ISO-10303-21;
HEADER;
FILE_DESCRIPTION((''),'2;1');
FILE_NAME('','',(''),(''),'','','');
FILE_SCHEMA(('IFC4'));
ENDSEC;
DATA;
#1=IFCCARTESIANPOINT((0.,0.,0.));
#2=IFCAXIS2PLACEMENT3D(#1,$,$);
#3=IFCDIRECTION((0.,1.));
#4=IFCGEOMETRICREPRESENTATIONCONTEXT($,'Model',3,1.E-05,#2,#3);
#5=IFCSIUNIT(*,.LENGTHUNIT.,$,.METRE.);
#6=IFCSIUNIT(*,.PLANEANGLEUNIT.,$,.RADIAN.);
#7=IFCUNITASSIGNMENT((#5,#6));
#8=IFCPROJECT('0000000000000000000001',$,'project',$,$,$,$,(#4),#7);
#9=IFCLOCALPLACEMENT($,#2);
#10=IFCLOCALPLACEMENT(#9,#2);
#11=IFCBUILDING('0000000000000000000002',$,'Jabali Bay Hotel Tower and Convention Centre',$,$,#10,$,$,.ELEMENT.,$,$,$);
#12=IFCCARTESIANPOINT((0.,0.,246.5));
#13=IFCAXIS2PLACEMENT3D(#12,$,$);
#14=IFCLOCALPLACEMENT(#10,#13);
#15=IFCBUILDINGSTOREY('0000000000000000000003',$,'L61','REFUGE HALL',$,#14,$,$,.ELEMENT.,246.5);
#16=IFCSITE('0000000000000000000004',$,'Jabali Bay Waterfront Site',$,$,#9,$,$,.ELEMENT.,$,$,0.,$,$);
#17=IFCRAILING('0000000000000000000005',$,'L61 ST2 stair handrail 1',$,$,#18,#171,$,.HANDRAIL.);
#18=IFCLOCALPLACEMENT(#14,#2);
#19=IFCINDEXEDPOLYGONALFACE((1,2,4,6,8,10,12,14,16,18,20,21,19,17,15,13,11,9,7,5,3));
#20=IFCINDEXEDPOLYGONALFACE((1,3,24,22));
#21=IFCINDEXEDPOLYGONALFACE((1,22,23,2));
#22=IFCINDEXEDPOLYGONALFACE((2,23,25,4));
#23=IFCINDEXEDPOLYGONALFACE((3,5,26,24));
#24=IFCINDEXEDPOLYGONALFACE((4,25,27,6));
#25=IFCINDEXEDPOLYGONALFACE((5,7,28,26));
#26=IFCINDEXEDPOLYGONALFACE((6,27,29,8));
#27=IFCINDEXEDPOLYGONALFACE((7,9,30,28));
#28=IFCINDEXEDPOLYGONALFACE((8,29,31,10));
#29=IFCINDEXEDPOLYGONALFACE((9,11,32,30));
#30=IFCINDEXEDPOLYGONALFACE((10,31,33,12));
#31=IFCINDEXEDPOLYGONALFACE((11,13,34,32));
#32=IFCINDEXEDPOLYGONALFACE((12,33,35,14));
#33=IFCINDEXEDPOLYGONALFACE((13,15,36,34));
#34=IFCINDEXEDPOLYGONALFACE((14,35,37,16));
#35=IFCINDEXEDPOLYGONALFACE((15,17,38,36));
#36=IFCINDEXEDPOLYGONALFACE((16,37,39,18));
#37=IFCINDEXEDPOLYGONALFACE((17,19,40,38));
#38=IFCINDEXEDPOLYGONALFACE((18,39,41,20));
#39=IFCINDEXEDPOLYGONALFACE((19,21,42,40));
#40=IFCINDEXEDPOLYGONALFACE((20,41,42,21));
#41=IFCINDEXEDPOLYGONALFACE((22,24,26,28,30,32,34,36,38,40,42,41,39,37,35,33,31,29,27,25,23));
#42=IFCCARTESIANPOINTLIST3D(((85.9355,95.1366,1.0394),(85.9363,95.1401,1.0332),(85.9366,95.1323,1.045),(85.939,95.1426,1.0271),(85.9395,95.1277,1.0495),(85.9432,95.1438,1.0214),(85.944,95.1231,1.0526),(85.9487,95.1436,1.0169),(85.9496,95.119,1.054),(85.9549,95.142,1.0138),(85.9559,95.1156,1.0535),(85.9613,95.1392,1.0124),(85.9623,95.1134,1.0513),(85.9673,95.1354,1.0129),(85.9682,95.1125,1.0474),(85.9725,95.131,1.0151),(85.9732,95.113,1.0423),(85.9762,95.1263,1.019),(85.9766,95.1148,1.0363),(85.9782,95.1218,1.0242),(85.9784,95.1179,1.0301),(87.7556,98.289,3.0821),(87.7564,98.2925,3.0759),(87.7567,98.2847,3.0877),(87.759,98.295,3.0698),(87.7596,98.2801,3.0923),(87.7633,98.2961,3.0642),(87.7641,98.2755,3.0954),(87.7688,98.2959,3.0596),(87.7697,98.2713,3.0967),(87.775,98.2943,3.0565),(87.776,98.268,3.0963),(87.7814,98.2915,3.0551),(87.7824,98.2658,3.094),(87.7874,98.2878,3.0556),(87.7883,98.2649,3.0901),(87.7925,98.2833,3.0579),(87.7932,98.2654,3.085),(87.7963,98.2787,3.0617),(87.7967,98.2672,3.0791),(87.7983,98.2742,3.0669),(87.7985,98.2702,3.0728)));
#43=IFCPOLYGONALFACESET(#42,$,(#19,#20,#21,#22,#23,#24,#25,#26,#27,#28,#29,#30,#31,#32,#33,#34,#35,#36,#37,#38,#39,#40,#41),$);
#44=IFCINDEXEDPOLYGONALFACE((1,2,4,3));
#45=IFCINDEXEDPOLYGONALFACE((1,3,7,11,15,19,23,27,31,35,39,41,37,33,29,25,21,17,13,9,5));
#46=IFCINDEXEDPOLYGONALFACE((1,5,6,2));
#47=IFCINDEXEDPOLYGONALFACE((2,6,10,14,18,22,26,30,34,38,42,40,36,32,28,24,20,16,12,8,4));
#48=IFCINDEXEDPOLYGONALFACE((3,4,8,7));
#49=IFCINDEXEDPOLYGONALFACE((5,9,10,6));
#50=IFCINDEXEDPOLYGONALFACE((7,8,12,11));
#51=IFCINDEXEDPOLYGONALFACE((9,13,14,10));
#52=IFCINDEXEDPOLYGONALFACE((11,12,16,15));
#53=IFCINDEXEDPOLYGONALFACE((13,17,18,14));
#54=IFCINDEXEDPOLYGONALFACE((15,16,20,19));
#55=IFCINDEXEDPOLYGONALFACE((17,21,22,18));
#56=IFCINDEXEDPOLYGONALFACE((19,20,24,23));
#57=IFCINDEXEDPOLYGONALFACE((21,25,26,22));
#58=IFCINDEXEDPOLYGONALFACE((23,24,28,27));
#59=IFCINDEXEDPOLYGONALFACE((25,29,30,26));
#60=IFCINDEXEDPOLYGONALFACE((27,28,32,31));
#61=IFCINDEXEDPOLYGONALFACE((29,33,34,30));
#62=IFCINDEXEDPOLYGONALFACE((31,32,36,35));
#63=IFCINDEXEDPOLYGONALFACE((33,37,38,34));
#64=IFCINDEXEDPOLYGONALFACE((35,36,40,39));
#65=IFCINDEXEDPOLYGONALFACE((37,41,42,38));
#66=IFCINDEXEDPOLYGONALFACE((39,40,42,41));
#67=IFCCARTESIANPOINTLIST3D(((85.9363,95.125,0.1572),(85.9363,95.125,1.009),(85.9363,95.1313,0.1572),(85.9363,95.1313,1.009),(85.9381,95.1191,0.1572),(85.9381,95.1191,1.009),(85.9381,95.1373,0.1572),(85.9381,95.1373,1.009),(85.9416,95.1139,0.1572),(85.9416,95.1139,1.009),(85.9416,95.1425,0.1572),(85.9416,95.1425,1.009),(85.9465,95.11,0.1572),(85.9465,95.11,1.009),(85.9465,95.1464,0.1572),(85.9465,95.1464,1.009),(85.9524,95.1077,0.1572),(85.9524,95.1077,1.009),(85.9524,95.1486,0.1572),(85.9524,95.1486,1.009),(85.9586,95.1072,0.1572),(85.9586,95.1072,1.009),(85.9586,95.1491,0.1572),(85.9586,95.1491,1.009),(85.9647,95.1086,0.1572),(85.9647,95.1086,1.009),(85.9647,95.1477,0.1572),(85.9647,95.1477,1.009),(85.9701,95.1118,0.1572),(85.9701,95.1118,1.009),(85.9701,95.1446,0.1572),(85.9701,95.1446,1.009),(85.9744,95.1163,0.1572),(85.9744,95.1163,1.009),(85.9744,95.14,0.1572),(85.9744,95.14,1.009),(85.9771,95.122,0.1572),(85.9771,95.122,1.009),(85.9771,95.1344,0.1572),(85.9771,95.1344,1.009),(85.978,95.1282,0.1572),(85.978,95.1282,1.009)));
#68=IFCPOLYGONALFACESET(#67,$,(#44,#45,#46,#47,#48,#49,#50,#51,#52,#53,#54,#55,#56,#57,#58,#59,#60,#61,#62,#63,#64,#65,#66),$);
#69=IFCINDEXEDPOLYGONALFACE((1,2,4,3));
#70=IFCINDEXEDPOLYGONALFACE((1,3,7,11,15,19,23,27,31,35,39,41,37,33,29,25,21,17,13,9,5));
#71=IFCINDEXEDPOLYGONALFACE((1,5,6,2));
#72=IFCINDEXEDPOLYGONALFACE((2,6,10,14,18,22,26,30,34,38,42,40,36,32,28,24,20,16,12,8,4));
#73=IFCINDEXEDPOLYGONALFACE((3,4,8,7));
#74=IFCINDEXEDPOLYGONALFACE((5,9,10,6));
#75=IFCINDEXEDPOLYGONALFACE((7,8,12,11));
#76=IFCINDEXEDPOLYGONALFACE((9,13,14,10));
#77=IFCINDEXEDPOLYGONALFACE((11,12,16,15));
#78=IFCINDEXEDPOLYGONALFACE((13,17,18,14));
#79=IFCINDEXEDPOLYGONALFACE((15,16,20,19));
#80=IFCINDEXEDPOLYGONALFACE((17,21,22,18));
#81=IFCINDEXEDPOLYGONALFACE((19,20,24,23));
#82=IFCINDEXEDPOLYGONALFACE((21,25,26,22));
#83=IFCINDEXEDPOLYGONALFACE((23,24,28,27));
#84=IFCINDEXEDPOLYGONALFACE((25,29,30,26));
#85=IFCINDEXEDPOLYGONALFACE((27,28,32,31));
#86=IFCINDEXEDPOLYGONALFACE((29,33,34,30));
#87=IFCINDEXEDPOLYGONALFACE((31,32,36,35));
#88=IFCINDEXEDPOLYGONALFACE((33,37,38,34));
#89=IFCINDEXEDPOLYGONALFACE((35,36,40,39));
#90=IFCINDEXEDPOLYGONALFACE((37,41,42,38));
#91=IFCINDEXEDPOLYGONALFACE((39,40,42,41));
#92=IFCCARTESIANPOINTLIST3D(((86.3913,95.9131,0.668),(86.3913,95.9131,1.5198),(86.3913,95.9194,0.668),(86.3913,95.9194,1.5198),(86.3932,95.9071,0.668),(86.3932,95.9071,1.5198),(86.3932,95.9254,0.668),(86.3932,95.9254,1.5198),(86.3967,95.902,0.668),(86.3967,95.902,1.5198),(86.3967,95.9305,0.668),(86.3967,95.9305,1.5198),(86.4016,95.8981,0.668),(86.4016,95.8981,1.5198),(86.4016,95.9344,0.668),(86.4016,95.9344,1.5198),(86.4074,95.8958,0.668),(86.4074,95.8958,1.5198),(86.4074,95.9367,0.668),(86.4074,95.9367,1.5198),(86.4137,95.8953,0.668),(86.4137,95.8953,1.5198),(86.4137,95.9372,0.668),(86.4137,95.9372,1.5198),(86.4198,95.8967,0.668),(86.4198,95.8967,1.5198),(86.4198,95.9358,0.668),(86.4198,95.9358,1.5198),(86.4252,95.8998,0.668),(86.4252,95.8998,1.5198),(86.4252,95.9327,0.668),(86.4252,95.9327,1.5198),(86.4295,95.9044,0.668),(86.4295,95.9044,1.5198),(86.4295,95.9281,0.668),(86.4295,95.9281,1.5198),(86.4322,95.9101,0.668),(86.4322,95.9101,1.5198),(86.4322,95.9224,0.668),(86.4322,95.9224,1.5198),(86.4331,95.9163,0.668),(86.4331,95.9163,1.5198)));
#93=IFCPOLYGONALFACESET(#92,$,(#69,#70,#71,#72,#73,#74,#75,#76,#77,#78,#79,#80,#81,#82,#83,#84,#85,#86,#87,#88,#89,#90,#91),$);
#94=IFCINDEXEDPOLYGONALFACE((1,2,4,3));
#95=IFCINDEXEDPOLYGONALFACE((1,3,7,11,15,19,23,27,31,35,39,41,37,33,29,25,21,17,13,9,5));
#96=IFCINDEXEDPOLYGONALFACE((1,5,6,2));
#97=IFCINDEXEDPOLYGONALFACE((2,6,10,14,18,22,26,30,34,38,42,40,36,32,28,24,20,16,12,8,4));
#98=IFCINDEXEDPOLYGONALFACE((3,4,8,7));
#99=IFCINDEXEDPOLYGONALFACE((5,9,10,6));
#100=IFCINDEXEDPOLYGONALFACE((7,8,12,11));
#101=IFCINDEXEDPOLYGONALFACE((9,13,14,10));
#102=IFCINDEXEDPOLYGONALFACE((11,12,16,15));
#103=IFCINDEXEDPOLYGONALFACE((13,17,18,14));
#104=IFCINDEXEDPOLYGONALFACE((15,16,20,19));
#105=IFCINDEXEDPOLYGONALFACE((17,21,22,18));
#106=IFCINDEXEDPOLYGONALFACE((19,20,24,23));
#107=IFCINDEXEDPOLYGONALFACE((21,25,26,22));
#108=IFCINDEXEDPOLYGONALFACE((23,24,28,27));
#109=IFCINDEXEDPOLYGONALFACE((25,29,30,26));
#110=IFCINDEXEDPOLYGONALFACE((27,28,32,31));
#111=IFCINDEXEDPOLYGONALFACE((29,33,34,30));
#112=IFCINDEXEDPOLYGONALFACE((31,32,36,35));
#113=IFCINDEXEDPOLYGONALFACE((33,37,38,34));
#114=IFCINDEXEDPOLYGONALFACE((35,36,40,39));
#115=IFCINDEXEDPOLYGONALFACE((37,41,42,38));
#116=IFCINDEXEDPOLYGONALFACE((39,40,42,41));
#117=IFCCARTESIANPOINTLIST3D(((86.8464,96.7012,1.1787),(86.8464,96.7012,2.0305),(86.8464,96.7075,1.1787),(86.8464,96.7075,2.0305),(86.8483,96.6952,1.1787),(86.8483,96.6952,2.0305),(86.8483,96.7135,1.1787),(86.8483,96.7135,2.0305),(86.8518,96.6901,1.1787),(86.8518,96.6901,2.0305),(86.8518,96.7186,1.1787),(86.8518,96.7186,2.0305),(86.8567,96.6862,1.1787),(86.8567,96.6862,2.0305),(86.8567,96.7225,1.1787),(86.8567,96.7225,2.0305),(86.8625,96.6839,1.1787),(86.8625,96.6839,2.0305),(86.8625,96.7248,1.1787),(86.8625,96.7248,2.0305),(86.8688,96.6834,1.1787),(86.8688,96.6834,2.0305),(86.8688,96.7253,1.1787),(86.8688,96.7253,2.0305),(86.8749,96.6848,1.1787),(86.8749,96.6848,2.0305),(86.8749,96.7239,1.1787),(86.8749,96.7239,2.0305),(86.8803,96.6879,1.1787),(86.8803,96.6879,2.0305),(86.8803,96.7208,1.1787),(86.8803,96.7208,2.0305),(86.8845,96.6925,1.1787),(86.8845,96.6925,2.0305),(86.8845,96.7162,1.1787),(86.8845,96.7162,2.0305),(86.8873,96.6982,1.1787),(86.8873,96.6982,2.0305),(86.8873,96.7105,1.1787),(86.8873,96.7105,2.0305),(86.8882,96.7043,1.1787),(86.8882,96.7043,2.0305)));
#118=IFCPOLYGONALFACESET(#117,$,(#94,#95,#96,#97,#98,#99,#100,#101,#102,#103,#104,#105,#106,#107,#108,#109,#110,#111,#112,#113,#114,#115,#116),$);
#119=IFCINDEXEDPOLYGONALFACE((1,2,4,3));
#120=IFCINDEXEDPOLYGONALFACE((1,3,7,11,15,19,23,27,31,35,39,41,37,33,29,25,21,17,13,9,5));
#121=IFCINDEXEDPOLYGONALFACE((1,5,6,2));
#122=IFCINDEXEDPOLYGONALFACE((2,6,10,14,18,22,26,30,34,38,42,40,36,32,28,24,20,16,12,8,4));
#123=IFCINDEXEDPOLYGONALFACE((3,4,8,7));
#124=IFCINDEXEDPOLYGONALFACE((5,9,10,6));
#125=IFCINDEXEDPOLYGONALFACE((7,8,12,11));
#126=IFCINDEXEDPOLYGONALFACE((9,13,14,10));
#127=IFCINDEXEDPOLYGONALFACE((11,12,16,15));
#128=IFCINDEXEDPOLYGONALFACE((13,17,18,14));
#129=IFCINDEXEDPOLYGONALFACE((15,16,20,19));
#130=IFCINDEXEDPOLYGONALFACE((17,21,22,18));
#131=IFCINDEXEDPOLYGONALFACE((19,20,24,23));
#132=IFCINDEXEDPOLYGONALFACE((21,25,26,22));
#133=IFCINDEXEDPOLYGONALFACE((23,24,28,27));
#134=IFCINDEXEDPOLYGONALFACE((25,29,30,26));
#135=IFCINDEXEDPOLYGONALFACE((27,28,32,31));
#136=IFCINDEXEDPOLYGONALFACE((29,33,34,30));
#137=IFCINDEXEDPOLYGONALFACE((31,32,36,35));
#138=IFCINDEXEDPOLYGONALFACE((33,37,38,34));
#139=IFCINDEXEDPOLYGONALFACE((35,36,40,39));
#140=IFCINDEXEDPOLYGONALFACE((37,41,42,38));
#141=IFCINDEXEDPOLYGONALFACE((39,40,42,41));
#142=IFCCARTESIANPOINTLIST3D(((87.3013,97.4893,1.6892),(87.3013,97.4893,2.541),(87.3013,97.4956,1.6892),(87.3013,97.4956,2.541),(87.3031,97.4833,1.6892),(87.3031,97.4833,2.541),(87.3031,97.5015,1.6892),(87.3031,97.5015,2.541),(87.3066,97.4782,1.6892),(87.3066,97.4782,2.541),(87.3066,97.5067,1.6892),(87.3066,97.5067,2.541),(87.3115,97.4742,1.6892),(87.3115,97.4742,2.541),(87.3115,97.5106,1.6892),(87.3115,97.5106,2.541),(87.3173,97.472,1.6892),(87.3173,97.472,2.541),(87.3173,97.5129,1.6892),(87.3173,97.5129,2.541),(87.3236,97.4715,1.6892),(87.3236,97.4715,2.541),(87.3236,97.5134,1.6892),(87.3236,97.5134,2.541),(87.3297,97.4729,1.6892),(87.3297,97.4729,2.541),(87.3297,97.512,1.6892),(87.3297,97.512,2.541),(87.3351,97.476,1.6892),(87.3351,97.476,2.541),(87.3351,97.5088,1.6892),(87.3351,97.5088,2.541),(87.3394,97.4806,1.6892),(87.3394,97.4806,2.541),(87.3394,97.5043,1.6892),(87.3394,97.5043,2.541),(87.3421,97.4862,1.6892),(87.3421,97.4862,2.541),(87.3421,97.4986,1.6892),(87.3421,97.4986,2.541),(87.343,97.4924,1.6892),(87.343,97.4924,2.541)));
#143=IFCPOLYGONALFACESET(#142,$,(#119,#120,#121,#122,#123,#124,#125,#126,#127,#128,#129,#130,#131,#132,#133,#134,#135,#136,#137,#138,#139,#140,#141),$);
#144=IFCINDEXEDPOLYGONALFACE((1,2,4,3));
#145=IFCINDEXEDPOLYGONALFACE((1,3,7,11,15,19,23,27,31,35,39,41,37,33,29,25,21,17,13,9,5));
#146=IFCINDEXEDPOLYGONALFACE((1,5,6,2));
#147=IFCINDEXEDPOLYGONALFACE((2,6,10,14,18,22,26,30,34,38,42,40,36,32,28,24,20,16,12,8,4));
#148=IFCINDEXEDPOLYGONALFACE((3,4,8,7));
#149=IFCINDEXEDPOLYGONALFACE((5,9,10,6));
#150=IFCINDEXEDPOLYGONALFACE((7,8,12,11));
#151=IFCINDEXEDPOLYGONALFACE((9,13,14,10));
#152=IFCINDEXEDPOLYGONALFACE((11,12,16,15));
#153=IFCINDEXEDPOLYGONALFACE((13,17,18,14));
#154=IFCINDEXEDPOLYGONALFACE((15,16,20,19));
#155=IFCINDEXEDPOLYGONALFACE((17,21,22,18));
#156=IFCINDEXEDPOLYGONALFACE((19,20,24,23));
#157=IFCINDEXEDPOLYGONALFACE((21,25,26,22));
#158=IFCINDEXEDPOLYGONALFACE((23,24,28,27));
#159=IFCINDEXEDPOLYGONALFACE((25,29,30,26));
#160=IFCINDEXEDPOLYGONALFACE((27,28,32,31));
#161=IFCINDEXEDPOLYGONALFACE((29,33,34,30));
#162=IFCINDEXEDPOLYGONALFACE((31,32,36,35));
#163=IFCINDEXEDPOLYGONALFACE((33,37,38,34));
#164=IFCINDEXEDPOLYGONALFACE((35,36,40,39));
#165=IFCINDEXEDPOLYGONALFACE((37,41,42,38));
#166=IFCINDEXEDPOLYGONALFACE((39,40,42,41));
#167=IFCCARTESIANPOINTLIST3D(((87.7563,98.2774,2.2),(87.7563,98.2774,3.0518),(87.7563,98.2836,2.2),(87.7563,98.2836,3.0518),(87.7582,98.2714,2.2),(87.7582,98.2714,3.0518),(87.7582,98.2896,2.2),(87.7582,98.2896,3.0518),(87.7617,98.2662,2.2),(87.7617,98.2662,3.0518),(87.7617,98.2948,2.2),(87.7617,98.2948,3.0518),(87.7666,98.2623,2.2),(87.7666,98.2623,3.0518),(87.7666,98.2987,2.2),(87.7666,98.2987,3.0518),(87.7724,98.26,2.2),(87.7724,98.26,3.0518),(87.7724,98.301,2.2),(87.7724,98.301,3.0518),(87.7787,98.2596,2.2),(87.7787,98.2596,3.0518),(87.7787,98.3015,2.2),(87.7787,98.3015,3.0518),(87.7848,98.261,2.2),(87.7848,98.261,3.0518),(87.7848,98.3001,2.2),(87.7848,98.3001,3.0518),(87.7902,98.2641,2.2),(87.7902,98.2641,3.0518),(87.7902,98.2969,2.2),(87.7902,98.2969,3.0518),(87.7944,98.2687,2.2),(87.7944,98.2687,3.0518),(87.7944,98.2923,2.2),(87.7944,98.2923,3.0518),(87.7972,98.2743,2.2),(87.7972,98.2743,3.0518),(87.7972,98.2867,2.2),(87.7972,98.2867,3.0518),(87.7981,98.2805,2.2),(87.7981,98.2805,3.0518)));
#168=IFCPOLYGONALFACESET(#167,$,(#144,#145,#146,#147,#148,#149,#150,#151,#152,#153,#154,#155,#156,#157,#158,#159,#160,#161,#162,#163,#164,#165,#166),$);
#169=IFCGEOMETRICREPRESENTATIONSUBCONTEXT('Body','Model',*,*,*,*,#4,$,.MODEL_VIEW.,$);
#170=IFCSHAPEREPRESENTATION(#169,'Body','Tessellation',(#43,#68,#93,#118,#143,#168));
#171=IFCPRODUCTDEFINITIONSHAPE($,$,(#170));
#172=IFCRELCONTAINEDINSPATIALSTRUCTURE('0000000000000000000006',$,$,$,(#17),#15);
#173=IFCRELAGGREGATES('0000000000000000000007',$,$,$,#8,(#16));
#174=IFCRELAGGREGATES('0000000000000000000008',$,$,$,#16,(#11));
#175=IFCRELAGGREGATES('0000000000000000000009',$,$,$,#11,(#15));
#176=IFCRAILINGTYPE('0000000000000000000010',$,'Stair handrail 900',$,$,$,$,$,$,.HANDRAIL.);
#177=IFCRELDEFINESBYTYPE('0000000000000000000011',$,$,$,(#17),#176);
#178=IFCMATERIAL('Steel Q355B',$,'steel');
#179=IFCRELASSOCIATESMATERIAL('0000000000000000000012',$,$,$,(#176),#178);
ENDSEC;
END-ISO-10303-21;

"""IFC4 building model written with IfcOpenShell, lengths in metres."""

from ifc_helpers import new_model, si_unit, direction, frame, origin, origin_2d, place, context, subcontext, project, spatial, circle, extrude, material, type_object, element, save


model = new_model("IFC4")

# Units and contexts
model_context = context("Model", 3, precision=1e-05, world=origin(), true_north=direction((0.0, 1.0)))
body_context = subcontext(model_context, "Body", "Model", "MODEL_VIEW")
ifc_project = project(units=[si_unit("LENGTHUNIT", "METRE"), si_unit("PLANEANGLEUNIT", "RADIAN")], contexts=[model_context])

# Site, building, storey
site_placement = place(None, origin())
site = spatial("IfcSite", under=ifc_project, at=site_placement, Name="Jabali Bay Waterfront Site", CompositionType="ELEMENT", RefElevation=0.0)
building_placement = place(site_placement, origin())
building = spatial("IfcBuilding", under=site, at=building_placement, Name="Jabali Bay Hotel Tower and Convention Centre", CompositionType="ELEMENT")
storey_placement = place(building_placement, frame((0.0, 0.0, 246.5)))
storey = spatial("IfcBuildingStorey", under=building, at=storey_placement, Name="L61", Description="REFUGE HALL", CompositionType="ELEMENT", Elevation=246.5)

# Railing
ifc_material_1 = material(Name="Steel Q355B", Category="steel")
railing_type_1 = type_object("IfcRailingType", Name="Stair handrail 900", PredefinedType="HANDRAIL", material=ifc_material_1)
railing_1_placement = place(storey_placement, frame((85.957, 95.1282, 0.1572)))
element("IfcRailing", 1, at=railing_1_placement, inside=storey, type_object=railing_type_1, Name="L61 ST2 stair handrail 1", PredefinedType="HANDRAIL", context=body_context, shape_type="SweptSolid", body=[
    extrude(circle(Radius=0.0239, at=origin_2d()), frame((0.0, 0.0, 0.876), z_axis=(0.436044, 0.755225, 0.489387), x_axis=(-0.866018, 0.500013, 0.0)), (0.0, 0.0, 1.0), 4.1741),
    extrude(circle(Radius=0.021, at=origin_2d()), origin(), (0.0, 0.0, 1.0), 0.8518),
    extrude(circle(Radius=0.021, at=origin_2d()), frame((0.4551, 0.7881, 0.5107)), (0.0, 0.0, 1.0), 0.8518),
    extrude(circle(Radius=0.021, at=origin_2d()), frame((0.9102, 1.5762, 1.0215)), (0.0, 0.0, 1.0), 0.8518),
    extrude(circle(Radius=0.021, at=origin_2d()), frame((1.365, 2.3643, 1.532)), (0.0, 0.0, 1.0), 0.8518),
    extrude(circle(Radius=0.021, at=origin_2d()), frame((1.8201, 3.1523, 2.0427)), (0.0, 0.0, 1.0), 0.8518),
])

save(model, "model.ifc")
